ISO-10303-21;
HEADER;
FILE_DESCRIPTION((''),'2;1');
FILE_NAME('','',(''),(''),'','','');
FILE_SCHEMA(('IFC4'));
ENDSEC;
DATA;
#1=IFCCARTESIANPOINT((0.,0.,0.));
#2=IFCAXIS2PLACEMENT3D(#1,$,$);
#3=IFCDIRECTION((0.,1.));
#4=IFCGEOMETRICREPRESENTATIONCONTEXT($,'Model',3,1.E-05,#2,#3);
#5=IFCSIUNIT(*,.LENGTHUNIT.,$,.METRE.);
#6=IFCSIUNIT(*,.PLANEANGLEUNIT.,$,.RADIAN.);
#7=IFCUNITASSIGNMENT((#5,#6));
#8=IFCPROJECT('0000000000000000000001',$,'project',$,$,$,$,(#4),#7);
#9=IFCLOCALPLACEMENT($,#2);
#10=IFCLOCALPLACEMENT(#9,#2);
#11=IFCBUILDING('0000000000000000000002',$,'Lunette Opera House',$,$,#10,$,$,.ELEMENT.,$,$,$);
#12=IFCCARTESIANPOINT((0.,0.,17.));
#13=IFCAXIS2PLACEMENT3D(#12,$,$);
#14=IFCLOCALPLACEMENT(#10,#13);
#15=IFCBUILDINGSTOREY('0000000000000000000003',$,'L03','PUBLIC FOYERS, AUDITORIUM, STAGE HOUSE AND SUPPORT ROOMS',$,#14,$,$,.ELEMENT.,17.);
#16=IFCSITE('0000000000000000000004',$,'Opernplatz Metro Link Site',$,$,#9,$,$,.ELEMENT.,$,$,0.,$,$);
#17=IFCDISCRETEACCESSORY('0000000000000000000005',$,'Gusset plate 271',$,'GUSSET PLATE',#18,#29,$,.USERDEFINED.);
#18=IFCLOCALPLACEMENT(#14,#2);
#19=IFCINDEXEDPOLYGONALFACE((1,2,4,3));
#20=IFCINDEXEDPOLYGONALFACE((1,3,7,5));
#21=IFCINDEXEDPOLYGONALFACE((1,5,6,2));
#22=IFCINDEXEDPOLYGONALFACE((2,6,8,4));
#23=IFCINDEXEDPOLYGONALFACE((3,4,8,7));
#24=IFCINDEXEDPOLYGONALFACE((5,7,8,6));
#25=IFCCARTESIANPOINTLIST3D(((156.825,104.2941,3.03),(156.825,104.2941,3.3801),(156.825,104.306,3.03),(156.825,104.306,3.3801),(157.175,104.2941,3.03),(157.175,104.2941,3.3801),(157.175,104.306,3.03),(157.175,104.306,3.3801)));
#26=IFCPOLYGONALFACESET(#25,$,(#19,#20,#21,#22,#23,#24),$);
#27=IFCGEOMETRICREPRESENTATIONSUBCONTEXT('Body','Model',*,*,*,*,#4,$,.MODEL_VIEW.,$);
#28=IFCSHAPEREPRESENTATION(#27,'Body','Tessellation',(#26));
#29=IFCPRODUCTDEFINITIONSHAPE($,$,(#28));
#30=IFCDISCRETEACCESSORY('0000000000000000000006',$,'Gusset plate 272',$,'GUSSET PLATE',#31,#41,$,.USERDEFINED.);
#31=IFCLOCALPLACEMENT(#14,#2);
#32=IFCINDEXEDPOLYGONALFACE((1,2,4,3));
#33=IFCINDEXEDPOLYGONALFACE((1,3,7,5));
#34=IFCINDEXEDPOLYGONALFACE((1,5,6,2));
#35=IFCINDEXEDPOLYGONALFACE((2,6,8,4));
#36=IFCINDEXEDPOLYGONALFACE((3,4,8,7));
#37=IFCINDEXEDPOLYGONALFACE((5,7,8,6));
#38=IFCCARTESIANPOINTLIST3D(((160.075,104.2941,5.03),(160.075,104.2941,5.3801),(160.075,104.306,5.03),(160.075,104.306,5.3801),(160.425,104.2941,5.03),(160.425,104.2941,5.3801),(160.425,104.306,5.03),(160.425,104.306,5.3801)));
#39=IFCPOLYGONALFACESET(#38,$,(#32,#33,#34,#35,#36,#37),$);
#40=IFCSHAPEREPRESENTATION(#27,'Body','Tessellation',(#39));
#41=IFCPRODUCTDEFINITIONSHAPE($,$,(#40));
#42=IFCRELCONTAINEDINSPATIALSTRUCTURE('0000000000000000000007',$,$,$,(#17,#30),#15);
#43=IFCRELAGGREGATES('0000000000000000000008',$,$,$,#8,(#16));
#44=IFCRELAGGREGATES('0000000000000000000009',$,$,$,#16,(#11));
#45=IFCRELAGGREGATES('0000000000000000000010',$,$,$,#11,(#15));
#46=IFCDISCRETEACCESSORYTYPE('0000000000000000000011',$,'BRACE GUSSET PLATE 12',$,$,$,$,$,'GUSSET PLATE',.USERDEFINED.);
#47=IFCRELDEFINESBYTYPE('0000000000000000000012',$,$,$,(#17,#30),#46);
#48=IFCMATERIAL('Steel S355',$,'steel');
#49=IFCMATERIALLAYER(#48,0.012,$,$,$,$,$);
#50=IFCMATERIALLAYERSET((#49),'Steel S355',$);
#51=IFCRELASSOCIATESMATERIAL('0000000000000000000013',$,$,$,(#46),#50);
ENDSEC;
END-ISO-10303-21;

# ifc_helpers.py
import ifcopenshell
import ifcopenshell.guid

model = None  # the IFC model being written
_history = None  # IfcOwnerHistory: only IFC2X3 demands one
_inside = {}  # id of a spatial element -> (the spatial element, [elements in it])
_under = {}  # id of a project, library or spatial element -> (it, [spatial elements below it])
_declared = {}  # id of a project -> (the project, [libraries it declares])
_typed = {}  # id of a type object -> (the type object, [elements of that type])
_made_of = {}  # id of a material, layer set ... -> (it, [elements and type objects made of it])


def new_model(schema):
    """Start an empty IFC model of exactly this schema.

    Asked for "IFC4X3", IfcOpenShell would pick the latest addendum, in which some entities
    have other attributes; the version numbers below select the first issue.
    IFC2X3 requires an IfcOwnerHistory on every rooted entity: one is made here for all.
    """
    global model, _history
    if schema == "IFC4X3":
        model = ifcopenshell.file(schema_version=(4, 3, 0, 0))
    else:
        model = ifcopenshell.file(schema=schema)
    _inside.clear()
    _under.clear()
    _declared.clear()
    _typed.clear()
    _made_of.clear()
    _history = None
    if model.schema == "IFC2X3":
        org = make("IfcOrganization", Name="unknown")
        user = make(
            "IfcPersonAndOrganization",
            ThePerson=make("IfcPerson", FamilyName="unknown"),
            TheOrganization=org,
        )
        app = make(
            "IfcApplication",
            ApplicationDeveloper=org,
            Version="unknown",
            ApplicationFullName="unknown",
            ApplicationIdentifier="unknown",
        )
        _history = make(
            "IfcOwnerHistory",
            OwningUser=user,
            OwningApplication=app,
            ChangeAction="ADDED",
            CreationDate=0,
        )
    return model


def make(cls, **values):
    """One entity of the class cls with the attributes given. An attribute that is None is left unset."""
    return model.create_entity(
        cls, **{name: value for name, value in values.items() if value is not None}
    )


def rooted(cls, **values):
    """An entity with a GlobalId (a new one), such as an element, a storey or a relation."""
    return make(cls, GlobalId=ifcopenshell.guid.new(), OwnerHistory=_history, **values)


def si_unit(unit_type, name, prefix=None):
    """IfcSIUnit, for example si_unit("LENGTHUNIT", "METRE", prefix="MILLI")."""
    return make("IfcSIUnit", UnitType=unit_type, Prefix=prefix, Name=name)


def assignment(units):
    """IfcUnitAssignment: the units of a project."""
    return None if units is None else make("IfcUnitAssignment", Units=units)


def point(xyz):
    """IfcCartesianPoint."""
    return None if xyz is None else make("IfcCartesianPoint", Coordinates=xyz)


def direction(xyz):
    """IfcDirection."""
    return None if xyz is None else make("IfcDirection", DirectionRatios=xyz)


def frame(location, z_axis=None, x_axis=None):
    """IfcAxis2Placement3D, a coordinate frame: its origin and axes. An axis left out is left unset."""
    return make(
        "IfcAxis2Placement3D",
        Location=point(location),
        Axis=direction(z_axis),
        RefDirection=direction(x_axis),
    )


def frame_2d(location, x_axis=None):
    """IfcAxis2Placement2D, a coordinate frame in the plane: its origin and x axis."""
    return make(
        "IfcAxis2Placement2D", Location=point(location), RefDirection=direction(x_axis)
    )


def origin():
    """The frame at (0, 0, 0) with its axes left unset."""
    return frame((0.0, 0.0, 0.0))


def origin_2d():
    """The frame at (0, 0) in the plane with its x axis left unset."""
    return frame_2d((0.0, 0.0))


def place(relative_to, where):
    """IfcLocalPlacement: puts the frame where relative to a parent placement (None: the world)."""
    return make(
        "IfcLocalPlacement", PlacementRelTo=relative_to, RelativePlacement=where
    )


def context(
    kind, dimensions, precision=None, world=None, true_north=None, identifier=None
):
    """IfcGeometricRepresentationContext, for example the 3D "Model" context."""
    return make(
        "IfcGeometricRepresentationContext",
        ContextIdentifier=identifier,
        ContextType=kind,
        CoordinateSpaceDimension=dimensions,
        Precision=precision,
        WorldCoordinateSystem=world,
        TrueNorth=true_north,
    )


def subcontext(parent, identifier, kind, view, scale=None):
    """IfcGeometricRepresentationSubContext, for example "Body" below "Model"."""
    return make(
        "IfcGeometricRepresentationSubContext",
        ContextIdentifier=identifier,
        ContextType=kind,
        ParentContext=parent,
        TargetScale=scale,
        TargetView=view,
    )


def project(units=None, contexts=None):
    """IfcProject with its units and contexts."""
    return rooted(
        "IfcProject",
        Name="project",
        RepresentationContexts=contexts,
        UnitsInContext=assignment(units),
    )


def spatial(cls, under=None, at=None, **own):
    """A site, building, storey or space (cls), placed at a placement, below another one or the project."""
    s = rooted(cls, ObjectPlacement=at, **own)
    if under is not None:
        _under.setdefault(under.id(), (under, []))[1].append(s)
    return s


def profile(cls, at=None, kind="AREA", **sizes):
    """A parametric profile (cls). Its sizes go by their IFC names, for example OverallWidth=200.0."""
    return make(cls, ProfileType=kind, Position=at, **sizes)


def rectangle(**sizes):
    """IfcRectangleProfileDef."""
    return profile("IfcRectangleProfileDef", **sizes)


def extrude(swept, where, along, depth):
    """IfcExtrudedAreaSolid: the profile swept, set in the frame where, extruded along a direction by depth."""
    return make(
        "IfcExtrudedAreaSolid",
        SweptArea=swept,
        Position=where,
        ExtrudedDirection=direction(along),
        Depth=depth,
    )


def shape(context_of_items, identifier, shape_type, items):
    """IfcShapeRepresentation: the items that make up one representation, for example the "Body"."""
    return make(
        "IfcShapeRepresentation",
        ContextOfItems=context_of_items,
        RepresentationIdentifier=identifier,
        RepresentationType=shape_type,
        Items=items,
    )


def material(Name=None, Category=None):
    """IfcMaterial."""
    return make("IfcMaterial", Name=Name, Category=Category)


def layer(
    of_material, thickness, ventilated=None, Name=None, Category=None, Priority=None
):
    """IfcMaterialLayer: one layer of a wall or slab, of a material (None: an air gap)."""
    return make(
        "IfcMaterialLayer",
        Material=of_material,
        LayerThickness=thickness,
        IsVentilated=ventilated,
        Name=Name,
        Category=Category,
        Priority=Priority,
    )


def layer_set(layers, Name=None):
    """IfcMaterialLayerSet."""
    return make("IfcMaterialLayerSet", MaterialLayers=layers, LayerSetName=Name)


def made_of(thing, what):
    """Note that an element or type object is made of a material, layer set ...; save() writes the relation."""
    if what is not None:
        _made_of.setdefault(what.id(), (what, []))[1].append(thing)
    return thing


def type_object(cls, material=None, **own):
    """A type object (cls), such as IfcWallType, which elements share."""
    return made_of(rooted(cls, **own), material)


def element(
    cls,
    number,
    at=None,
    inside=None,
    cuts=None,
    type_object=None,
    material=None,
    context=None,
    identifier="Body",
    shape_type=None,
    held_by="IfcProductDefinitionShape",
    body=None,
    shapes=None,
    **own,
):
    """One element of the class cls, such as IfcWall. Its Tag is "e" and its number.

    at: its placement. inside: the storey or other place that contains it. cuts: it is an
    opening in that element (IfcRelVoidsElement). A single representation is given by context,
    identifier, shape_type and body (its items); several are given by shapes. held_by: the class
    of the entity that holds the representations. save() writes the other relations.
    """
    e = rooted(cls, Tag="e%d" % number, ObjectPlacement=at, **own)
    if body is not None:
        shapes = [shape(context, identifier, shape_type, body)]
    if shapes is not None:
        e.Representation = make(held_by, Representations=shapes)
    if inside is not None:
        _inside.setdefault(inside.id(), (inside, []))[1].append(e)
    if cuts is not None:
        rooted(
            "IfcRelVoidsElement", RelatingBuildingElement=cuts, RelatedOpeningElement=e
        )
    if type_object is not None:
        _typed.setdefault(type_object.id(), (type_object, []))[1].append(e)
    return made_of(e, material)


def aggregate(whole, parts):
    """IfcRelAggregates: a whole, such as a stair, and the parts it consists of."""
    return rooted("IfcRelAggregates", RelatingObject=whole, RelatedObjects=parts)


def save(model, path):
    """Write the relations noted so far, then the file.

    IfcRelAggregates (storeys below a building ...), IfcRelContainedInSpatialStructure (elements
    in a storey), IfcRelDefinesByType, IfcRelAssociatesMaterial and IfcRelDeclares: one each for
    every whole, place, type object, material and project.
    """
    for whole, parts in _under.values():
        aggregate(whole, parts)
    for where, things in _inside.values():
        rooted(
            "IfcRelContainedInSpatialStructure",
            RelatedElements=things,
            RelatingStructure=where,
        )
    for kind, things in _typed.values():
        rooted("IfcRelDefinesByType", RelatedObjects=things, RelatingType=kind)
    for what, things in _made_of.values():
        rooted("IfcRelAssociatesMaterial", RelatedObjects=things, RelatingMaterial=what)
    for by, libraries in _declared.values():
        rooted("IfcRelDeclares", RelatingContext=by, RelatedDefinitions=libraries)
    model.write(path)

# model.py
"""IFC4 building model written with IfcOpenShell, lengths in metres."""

from ifc_helpers import new_model, si_unit, direction, frame, origin, origin_2d, place, context, subcontext, project, spatial, rectangle, extrude, material, layer, layer_set, type_object, element, save


model = new_model("IFC4")

# Units and contexts
model_context = context("Model", 3, precision=1e-05, world=origin(), true_north=direction((0.0, 1.0)))
body_context = subcontext(model_context, "Body", "Model", "MODEL_VIEW")
ifc_project = project(units=[si_unit("LENGTHUNIT", "METRE"), si_unit("PLANEANGLEUNIT", "RADIAN")], contexts=[model_context])

# Site, building, storey
site_placement = place(None, origin())
site = spatial("IfcSite", under=ifc_project, at=site_placement, Name="Opernplatz Metro Link Site", CompositionType="ELEMENT", RefElevation=0.0)
building_placement = place(site_placement, origin())
building = spatial("IfcBuilding", under=site, at=building_placement, Name="Lunette Opera House", CompositionType="ELEMENT")
storey_placement = place(building_placement, frame((0.0, 0.0, 17.0)))
storey = spatial("IfcBuildingStorey", under=building, at=storey_placement, Name="L03", Description="PUBLIC FOYERS, AUDITORIUM, STAGE HOUSE AND SUPPORT ROOMS", CompositionType="ELEMENT", Elevation=17.0)

# Discrete accessories
ifc_material_1 = material(Name="Steel S355", Category="steel")
ifc_layer_1 = layer(ifc_material_1, 0.012)
ifc_layer_set_1 = layer_set([ifc_layer_1], Name="Steel S355")
discrete_accessory_type = type_object("IfcDiscreteAccessoryType", Name="BRACE GUSSET PLATE 12", ElementType="GUSSET PLATE", PredefinedType="USERDEFINED", material=ifc_layer_set_1)
for number, where, z_axis, x_axis, name in (
    (1, (157.0, 104.3, 3.03), (0.0, 0.0, 1.0), (1.0, 0.0, 0.0), "Gusset plate 271"),
    (2, (160.25, 104.3, 5.03), (0.0, 0.0, 1.0), (1.0, 0.0, 0.0), "Gusset plate 272"),
):
    element("IfcDiscreteAccessory", number, at=place(storey_placement, frame(where, z_axis=z_axis, x_axis=x_axis)), inside=storey, type_object=discrete_accessory_type, Name=name, ObjectType="GUSSET PLATE", PredefinedType="USERDEFINED", context=body_context, shape_type="SweptSolid", body=[
        extrude(rectangle(XDim=0.3501, YDim=0.012, at=origin_2d()), origin(), (0.0, 0.0, 1.0), 0.3501),
    ])

save(model, "model.ifc")
